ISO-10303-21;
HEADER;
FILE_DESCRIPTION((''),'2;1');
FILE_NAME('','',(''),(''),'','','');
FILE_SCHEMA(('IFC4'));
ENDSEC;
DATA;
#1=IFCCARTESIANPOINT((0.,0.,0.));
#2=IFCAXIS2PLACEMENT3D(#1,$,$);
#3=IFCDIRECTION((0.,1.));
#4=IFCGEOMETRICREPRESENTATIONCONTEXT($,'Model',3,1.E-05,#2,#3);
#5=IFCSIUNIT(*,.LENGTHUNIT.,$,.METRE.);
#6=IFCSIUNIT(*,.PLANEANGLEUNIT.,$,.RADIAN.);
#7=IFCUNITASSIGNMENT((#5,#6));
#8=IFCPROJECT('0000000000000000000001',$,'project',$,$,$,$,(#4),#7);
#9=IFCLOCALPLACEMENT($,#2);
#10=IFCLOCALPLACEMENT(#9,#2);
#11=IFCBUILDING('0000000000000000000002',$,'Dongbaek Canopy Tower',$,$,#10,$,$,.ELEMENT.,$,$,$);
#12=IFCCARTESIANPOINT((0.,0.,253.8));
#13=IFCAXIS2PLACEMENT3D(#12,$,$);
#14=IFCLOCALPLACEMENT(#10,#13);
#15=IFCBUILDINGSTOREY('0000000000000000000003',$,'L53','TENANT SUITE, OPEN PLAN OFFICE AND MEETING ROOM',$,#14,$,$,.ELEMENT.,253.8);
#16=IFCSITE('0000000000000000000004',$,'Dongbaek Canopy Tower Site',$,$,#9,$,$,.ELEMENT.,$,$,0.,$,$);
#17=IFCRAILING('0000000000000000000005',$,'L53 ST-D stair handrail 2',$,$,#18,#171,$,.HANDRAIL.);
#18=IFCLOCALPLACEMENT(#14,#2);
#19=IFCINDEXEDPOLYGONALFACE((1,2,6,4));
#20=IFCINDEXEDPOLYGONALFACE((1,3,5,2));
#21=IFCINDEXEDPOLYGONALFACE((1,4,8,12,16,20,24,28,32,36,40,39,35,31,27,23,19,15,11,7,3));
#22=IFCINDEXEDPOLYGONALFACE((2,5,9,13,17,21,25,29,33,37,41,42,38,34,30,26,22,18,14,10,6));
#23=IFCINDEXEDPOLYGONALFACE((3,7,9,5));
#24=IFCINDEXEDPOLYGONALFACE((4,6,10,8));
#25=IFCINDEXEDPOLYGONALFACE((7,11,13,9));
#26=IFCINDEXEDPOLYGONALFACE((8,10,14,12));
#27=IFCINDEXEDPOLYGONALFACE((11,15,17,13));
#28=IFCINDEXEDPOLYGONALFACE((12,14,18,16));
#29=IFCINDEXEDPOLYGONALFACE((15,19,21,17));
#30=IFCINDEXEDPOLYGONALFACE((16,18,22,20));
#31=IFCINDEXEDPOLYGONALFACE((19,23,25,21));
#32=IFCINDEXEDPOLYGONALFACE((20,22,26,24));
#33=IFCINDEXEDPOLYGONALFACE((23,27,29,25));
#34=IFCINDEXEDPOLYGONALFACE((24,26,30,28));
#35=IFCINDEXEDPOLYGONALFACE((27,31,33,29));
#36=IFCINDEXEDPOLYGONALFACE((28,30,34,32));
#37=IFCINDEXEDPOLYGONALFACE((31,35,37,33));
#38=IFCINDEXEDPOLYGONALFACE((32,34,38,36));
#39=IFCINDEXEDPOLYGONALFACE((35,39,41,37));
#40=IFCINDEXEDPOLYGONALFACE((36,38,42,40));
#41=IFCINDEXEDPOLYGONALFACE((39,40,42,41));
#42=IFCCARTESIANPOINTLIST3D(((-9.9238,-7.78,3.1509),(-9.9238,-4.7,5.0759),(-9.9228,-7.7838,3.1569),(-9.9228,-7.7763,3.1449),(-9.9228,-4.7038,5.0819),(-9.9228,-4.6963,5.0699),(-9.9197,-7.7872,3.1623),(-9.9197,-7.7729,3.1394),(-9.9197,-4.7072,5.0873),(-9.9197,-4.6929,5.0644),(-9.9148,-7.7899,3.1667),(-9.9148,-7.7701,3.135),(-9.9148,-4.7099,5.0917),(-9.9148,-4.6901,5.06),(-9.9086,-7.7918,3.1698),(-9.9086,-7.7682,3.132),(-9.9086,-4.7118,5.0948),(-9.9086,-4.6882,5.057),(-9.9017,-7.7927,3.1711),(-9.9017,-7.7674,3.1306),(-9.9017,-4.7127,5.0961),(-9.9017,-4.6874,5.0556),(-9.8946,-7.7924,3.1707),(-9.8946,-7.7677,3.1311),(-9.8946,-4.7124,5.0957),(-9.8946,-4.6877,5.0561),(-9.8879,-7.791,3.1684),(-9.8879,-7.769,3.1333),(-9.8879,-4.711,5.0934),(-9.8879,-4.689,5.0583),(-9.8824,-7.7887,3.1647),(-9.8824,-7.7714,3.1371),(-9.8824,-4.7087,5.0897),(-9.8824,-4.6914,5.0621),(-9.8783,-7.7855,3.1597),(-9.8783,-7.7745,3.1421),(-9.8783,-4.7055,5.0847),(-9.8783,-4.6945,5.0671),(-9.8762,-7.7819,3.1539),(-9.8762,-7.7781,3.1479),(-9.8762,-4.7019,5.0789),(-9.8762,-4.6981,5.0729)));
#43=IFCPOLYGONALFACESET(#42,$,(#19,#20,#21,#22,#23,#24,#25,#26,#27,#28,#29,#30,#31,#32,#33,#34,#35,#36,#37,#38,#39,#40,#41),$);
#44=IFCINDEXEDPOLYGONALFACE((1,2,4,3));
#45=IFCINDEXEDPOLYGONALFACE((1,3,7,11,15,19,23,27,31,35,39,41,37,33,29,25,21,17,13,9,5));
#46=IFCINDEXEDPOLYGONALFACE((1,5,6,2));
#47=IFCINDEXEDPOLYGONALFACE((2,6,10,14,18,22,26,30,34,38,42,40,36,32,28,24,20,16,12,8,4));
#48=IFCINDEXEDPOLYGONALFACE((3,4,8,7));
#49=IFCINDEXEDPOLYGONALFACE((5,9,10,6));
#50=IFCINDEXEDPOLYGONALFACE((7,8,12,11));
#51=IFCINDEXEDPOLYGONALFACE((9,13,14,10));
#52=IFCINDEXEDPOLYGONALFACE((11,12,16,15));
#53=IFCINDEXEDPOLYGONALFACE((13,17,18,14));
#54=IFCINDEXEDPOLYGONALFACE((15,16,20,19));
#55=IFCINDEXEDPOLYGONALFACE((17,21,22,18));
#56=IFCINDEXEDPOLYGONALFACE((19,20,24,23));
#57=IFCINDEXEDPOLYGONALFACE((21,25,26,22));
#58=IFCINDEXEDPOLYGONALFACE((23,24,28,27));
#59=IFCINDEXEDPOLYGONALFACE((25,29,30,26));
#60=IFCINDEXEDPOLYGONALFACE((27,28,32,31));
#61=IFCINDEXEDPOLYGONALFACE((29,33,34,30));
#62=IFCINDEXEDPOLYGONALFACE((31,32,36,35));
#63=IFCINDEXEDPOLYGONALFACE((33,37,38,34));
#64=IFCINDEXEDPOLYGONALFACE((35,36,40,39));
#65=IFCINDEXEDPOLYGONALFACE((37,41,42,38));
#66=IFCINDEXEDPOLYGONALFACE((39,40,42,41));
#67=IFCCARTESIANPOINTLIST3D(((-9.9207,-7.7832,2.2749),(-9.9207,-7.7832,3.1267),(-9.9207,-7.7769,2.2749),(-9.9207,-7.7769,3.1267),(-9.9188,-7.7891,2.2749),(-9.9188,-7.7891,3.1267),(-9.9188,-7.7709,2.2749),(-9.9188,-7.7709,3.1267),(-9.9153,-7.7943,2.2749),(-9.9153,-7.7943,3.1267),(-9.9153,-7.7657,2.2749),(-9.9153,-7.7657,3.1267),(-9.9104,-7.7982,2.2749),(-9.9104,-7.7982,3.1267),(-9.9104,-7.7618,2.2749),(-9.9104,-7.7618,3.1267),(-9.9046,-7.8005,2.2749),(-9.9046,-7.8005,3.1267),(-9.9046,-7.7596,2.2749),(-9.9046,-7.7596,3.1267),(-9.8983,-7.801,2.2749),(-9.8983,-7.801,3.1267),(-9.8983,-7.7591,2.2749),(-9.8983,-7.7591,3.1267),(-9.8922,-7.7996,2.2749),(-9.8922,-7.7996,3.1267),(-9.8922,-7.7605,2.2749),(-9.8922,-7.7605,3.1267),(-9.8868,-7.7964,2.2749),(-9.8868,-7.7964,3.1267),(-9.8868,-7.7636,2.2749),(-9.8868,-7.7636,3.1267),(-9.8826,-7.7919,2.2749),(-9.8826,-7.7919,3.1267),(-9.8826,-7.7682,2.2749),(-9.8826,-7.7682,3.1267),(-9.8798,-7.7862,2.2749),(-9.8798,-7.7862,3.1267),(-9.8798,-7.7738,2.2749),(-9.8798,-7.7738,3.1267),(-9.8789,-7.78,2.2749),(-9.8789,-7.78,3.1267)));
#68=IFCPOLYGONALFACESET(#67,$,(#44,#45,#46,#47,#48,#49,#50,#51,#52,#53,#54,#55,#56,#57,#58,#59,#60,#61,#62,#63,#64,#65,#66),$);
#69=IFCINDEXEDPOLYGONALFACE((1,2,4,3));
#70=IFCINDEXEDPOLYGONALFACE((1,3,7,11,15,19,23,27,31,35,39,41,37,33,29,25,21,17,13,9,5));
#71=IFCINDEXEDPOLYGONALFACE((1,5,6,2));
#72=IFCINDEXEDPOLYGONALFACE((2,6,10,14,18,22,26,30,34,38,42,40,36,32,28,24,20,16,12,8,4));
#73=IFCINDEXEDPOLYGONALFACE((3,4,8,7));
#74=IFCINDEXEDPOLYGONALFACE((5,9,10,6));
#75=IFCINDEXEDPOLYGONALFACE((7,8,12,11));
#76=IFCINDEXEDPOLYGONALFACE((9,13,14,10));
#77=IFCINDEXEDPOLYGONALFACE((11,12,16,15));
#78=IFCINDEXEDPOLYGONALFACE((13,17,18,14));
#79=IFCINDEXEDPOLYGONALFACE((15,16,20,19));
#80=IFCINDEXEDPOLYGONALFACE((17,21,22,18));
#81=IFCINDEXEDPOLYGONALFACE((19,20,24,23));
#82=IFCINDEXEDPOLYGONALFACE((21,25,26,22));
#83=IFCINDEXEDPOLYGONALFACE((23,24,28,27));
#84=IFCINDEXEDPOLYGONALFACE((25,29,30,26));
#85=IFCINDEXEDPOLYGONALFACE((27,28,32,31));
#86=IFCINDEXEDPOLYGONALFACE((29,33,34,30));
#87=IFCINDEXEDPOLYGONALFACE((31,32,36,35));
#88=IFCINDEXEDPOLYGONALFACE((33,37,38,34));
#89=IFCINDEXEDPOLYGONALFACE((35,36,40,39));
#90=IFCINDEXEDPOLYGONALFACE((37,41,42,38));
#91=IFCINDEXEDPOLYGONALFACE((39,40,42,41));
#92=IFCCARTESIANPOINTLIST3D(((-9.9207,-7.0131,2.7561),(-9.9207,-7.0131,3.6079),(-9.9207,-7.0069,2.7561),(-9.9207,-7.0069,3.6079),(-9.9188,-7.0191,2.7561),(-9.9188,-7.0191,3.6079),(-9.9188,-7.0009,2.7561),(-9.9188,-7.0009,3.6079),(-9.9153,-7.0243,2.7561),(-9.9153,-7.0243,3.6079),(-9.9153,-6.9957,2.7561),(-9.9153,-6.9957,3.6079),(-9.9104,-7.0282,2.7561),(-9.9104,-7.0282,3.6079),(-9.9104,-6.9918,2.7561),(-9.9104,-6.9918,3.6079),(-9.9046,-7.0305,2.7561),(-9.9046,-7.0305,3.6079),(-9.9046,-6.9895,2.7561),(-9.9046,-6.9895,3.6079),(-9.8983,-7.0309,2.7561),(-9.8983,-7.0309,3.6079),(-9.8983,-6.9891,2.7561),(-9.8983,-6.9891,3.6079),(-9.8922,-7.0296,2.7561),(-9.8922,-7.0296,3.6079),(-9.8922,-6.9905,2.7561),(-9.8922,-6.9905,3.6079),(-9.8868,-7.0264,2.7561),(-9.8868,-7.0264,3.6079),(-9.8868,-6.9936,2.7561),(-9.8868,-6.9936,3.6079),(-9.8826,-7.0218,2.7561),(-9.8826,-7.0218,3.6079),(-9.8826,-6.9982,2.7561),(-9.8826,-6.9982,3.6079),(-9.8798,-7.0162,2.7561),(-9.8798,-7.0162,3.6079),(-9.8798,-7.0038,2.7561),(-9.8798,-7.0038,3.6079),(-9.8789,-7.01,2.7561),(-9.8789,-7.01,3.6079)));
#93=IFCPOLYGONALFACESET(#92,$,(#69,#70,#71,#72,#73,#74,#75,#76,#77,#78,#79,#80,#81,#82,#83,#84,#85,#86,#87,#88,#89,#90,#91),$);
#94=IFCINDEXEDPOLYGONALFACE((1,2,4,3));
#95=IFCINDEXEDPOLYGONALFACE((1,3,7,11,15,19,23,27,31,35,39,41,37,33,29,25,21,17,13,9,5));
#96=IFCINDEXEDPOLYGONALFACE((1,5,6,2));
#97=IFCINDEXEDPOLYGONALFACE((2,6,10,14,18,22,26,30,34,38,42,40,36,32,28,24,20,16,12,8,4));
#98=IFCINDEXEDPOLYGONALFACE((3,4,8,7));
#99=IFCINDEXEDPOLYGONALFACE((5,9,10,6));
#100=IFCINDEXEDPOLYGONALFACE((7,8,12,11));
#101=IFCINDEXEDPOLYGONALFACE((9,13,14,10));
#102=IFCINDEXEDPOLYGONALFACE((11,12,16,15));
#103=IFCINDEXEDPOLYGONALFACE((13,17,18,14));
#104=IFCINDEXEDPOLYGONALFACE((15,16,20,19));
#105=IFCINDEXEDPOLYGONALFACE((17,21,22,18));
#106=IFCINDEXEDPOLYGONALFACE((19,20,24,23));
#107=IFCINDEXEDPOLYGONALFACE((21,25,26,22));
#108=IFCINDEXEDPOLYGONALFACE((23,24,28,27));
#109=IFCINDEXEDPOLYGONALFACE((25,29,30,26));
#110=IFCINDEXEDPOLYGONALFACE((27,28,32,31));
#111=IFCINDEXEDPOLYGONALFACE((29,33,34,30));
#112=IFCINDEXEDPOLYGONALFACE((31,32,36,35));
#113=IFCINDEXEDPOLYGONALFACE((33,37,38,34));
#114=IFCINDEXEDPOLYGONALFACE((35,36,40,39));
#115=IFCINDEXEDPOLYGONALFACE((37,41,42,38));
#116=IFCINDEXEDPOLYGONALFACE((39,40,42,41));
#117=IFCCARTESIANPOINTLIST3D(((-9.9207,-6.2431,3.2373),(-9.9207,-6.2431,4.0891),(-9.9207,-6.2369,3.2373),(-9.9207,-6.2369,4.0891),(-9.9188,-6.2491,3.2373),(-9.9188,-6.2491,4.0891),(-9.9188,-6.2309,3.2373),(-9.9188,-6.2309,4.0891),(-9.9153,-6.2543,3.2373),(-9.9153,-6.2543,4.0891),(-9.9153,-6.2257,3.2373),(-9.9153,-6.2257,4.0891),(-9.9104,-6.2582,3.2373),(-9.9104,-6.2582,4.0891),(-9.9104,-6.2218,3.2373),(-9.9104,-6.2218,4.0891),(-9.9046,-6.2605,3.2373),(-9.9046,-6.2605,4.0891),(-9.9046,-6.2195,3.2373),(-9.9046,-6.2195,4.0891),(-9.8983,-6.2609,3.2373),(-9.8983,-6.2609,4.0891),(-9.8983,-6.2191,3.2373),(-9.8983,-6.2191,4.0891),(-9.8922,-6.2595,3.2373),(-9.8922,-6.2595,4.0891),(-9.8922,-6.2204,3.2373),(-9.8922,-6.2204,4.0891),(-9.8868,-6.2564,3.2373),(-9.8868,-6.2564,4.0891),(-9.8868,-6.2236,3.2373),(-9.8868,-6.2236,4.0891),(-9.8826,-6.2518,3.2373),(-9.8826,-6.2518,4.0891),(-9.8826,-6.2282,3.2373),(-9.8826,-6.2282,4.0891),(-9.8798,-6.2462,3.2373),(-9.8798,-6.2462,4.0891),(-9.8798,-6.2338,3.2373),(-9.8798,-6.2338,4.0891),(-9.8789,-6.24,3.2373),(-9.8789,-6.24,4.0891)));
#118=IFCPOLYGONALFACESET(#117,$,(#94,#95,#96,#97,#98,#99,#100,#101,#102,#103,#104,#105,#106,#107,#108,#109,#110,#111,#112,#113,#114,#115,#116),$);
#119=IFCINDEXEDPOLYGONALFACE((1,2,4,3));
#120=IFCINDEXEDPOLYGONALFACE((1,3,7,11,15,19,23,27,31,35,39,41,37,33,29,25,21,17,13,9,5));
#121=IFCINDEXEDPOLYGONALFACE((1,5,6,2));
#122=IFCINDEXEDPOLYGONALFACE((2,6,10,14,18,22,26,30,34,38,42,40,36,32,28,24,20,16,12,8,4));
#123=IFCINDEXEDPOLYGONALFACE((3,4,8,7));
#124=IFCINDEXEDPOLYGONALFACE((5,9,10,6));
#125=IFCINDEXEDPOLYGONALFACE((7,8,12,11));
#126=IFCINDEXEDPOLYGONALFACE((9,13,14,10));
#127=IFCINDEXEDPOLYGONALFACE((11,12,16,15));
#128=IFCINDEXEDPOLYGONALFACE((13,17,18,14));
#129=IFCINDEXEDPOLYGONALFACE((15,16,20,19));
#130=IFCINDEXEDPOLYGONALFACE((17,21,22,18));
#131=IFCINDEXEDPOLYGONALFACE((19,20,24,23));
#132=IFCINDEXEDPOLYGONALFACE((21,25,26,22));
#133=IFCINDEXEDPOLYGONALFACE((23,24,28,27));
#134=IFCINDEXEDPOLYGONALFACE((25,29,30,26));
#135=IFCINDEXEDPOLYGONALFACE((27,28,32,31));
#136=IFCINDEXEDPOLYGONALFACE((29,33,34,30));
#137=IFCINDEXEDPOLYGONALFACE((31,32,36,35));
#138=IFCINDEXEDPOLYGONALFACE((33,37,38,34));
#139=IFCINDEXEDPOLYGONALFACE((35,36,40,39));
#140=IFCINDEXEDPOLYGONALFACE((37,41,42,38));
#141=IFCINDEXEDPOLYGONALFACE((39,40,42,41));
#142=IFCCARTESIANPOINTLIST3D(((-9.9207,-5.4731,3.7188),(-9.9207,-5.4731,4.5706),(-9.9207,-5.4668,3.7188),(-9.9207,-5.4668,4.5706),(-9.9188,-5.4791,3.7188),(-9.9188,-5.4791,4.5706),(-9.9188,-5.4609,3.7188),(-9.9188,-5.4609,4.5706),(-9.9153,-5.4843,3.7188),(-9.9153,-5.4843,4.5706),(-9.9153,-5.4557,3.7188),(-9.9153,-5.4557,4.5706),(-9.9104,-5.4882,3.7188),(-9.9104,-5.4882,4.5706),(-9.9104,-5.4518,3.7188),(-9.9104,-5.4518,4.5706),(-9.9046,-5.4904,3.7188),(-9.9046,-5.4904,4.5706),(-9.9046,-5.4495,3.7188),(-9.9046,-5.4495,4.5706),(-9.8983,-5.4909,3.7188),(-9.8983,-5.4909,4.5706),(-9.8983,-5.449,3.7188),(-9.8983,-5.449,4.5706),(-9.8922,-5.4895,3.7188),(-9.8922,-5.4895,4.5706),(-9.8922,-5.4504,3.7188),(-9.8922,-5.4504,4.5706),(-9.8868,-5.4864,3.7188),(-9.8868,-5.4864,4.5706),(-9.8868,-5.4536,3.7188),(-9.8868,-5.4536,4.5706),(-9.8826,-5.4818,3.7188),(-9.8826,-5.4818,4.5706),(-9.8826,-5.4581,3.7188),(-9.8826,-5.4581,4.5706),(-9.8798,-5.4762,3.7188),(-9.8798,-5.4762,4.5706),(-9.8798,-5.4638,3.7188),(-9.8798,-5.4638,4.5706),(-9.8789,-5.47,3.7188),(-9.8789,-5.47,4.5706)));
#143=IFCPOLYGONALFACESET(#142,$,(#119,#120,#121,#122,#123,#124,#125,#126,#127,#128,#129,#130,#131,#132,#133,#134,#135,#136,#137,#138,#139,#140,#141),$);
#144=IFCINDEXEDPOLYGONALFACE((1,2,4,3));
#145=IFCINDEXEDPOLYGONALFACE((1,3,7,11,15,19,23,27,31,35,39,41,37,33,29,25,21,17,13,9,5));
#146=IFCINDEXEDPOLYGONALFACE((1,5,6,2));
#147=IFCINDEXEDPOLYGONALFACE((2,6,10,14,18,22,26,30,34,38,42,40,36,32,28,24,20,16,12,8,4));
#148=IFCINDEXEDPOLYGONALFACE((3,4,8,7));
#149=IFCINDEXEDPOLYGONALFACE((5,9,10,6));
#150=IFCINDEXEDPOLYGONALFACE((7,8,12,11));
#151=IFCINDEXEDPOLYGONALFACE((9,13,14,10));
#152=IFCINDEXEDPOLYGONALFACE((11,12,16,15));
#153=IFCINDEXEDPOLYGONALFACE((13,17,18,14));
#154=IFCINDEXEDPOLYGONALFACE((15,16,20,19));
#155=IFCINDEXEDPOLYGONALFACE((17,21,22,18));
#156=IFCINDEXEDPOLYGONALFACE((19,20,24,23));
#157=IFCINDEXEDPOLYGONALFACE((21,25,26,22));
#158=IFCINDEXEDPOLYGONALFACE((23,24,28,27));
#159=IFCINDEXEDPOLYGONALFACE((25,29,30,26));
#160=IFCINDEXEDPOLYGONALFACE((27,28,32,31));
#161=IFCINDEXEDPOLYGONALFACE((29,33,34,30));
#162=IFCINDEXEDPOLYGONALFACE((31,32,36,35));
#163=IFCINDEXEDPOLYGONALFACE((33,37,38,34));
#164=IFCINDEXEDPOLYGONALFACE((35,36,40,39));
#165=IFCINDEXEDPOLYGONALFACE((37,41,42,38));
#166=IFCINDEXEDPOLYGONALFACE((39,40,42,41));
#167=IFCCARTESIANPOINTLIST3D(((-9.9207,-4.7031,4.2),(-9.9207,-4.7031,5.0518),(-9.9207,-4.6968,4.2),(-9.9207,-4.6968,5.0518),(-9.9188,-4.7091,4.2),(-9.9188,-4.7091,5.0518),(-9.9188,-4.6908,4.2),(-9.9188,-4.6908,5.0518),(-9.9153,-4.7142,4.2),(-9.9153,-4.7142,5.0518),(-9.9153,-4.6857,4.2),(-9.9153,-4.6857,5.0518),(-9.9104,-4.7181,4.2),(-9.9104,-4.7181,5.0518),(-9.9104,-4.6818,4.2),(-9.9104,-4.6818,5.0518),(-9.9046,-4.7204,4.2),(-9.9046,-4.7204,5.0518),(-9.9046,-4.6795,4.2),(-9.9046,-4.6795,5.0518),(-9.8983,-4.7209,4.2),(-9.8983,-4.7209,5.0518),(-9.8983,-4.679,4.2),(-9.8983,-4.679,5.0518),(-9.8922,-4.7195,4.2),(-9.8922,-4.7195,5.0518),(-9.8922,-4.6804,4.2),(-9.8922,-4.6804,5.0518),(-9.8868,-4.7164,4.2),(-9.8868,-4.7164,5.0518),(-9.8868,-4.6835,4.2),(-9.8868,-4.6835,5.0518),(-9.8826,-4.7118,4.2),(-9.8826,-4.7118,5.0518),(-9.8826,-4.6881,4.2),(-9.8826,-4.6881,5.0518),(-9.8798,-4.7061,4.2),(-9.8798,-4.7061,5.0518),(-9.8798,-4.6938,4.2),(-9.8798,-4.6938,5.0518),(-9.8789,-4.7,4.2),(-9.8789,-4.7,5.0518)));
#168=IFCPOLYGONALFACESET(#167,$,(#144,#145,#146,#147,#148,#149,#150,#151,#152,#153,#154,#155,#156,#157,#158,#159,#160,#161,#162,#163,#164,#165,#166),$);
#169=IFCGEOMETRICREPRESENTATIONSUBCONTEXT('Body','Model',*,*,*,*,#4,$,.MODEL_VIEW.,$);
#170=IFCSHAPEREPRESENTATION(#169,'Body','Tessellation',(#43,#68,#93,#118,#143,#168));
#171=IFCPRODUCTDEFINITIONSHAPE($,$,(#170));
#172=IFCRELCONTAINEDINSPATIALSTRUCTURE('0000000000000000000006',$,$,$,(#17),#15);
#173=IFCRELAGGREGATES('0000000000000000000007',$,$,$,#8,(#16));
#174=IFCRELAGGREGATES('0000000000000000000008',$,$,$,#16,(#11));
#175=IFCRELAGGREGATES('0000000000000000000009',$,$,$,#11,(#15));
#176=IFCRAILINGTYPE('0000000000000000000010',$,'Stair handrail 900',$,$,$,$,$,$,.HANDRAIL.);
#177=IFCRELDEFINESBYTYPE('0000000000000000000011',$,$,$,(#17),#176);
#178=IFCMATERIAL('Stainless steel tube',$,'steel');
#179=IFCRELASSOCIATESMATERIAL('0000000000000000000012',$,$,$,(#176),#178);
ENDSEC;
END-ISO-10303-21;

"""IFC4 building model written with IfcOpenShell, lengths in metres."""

from ifc_helpers import new_model, si_unit, direction, frame, origin, origin_2d, place, context, subcontext, project, spatial, circle, extrude, material, type_object, element, save


model = new_model("IFC4")

# Units and contexts
model_context = context("Model", 3, precision=1e-05, world=origin(), true_north=direction((0.0, 1.0)))
body_context = subcontext(model_context, "Body", "Model", "MODEL_VIEW")
ifc_project = project(units=[si_unit("LENGTHUNIT", "METRE"), si_unit("PLANEANGLEUNIT", "RADIAN")], contexts=[model_context])

# Site, building, storey
site_placement = place(None, origin())
site = spatial("IfcSite", under=ifc_project, at=site_placement, Name="Dongbaek Canopy Tower Site", CompositionType="ELEMENT", RefElevation=0.0)
building_placement = place(site_placement, origin())
building = spatial("IfcBuilding", under=site, at=building_placement, Name="Dongbaek Canopy Tower", CompositionType="ELEMENT")
storey_placement = place(building_placement, frame((0.0, 0.0, 253.8)))
storey = spatial("IfcBuildingStorey", under=building, at=storey_placement, Name="L53", Description="TENANT SUITE, OPEN PLAN OFFICE AND MEETING ROOM", CompositionType="ELEMENT", Elevation=253.8)

# Railing
ifc_material_1 = material(Name="Stainless steel tube", Category="steel")
railing_type_1 = type_object("IfcRailingType", Name="Stair handrail 900", PredefinedType="HANDRAIL", material=ifc_material_1)
railing_1_placement = place(storey_placement, frame((-9.8999, -7.78, 2.2749)))
element("IfcRailing", 1, at=railing_1_placement, inside=storey, type_object=railing_type_1, Name="L53 ST-D stair handrail 2", PredefinedType="HANDRAIL", context=body_context, shape_type="SweptSolid", body=[
    extrude(circle(Radius=0.0239, at=origin_2d()), frame((0.0, 0.0, 0.876), z_axis=(0.0, 0.847998, 0.529999), x_axis=(-1.0, 0.0, 0.0)), (0.0, 0.0, 1.0), 3.6321),
    extrude(circle(Radius=0.021, at=origin_2d()), origin(), (0.0, 0.0, 1.0), 0.8518),
    extrude(circle(Radius=0.021, at=origin_2d()), frame((0.0, 0.77, 0.4812)), (0.0, 0.0, 1.0), 0.8518),
    extrude(circle(Radius=0.021, at=origin_2d()), frame((0.0, 1.54, 0.9624)), (0.0, 0.0, 1.0), 0.8518),
    extrude(circle(Radius=0.021, at=origin_2d()), frame((0.0, 2.3101, 1.4438)), (0.0, 0.0, 1.0), 0.8518),
    extrude(circle(Radius=0.021, at=origin_2d()), frame((0.0, 3.0801, 1.925)), (0.0, 0.0, 1.0), 0.8518),
])

save(model, "model.ifc")
